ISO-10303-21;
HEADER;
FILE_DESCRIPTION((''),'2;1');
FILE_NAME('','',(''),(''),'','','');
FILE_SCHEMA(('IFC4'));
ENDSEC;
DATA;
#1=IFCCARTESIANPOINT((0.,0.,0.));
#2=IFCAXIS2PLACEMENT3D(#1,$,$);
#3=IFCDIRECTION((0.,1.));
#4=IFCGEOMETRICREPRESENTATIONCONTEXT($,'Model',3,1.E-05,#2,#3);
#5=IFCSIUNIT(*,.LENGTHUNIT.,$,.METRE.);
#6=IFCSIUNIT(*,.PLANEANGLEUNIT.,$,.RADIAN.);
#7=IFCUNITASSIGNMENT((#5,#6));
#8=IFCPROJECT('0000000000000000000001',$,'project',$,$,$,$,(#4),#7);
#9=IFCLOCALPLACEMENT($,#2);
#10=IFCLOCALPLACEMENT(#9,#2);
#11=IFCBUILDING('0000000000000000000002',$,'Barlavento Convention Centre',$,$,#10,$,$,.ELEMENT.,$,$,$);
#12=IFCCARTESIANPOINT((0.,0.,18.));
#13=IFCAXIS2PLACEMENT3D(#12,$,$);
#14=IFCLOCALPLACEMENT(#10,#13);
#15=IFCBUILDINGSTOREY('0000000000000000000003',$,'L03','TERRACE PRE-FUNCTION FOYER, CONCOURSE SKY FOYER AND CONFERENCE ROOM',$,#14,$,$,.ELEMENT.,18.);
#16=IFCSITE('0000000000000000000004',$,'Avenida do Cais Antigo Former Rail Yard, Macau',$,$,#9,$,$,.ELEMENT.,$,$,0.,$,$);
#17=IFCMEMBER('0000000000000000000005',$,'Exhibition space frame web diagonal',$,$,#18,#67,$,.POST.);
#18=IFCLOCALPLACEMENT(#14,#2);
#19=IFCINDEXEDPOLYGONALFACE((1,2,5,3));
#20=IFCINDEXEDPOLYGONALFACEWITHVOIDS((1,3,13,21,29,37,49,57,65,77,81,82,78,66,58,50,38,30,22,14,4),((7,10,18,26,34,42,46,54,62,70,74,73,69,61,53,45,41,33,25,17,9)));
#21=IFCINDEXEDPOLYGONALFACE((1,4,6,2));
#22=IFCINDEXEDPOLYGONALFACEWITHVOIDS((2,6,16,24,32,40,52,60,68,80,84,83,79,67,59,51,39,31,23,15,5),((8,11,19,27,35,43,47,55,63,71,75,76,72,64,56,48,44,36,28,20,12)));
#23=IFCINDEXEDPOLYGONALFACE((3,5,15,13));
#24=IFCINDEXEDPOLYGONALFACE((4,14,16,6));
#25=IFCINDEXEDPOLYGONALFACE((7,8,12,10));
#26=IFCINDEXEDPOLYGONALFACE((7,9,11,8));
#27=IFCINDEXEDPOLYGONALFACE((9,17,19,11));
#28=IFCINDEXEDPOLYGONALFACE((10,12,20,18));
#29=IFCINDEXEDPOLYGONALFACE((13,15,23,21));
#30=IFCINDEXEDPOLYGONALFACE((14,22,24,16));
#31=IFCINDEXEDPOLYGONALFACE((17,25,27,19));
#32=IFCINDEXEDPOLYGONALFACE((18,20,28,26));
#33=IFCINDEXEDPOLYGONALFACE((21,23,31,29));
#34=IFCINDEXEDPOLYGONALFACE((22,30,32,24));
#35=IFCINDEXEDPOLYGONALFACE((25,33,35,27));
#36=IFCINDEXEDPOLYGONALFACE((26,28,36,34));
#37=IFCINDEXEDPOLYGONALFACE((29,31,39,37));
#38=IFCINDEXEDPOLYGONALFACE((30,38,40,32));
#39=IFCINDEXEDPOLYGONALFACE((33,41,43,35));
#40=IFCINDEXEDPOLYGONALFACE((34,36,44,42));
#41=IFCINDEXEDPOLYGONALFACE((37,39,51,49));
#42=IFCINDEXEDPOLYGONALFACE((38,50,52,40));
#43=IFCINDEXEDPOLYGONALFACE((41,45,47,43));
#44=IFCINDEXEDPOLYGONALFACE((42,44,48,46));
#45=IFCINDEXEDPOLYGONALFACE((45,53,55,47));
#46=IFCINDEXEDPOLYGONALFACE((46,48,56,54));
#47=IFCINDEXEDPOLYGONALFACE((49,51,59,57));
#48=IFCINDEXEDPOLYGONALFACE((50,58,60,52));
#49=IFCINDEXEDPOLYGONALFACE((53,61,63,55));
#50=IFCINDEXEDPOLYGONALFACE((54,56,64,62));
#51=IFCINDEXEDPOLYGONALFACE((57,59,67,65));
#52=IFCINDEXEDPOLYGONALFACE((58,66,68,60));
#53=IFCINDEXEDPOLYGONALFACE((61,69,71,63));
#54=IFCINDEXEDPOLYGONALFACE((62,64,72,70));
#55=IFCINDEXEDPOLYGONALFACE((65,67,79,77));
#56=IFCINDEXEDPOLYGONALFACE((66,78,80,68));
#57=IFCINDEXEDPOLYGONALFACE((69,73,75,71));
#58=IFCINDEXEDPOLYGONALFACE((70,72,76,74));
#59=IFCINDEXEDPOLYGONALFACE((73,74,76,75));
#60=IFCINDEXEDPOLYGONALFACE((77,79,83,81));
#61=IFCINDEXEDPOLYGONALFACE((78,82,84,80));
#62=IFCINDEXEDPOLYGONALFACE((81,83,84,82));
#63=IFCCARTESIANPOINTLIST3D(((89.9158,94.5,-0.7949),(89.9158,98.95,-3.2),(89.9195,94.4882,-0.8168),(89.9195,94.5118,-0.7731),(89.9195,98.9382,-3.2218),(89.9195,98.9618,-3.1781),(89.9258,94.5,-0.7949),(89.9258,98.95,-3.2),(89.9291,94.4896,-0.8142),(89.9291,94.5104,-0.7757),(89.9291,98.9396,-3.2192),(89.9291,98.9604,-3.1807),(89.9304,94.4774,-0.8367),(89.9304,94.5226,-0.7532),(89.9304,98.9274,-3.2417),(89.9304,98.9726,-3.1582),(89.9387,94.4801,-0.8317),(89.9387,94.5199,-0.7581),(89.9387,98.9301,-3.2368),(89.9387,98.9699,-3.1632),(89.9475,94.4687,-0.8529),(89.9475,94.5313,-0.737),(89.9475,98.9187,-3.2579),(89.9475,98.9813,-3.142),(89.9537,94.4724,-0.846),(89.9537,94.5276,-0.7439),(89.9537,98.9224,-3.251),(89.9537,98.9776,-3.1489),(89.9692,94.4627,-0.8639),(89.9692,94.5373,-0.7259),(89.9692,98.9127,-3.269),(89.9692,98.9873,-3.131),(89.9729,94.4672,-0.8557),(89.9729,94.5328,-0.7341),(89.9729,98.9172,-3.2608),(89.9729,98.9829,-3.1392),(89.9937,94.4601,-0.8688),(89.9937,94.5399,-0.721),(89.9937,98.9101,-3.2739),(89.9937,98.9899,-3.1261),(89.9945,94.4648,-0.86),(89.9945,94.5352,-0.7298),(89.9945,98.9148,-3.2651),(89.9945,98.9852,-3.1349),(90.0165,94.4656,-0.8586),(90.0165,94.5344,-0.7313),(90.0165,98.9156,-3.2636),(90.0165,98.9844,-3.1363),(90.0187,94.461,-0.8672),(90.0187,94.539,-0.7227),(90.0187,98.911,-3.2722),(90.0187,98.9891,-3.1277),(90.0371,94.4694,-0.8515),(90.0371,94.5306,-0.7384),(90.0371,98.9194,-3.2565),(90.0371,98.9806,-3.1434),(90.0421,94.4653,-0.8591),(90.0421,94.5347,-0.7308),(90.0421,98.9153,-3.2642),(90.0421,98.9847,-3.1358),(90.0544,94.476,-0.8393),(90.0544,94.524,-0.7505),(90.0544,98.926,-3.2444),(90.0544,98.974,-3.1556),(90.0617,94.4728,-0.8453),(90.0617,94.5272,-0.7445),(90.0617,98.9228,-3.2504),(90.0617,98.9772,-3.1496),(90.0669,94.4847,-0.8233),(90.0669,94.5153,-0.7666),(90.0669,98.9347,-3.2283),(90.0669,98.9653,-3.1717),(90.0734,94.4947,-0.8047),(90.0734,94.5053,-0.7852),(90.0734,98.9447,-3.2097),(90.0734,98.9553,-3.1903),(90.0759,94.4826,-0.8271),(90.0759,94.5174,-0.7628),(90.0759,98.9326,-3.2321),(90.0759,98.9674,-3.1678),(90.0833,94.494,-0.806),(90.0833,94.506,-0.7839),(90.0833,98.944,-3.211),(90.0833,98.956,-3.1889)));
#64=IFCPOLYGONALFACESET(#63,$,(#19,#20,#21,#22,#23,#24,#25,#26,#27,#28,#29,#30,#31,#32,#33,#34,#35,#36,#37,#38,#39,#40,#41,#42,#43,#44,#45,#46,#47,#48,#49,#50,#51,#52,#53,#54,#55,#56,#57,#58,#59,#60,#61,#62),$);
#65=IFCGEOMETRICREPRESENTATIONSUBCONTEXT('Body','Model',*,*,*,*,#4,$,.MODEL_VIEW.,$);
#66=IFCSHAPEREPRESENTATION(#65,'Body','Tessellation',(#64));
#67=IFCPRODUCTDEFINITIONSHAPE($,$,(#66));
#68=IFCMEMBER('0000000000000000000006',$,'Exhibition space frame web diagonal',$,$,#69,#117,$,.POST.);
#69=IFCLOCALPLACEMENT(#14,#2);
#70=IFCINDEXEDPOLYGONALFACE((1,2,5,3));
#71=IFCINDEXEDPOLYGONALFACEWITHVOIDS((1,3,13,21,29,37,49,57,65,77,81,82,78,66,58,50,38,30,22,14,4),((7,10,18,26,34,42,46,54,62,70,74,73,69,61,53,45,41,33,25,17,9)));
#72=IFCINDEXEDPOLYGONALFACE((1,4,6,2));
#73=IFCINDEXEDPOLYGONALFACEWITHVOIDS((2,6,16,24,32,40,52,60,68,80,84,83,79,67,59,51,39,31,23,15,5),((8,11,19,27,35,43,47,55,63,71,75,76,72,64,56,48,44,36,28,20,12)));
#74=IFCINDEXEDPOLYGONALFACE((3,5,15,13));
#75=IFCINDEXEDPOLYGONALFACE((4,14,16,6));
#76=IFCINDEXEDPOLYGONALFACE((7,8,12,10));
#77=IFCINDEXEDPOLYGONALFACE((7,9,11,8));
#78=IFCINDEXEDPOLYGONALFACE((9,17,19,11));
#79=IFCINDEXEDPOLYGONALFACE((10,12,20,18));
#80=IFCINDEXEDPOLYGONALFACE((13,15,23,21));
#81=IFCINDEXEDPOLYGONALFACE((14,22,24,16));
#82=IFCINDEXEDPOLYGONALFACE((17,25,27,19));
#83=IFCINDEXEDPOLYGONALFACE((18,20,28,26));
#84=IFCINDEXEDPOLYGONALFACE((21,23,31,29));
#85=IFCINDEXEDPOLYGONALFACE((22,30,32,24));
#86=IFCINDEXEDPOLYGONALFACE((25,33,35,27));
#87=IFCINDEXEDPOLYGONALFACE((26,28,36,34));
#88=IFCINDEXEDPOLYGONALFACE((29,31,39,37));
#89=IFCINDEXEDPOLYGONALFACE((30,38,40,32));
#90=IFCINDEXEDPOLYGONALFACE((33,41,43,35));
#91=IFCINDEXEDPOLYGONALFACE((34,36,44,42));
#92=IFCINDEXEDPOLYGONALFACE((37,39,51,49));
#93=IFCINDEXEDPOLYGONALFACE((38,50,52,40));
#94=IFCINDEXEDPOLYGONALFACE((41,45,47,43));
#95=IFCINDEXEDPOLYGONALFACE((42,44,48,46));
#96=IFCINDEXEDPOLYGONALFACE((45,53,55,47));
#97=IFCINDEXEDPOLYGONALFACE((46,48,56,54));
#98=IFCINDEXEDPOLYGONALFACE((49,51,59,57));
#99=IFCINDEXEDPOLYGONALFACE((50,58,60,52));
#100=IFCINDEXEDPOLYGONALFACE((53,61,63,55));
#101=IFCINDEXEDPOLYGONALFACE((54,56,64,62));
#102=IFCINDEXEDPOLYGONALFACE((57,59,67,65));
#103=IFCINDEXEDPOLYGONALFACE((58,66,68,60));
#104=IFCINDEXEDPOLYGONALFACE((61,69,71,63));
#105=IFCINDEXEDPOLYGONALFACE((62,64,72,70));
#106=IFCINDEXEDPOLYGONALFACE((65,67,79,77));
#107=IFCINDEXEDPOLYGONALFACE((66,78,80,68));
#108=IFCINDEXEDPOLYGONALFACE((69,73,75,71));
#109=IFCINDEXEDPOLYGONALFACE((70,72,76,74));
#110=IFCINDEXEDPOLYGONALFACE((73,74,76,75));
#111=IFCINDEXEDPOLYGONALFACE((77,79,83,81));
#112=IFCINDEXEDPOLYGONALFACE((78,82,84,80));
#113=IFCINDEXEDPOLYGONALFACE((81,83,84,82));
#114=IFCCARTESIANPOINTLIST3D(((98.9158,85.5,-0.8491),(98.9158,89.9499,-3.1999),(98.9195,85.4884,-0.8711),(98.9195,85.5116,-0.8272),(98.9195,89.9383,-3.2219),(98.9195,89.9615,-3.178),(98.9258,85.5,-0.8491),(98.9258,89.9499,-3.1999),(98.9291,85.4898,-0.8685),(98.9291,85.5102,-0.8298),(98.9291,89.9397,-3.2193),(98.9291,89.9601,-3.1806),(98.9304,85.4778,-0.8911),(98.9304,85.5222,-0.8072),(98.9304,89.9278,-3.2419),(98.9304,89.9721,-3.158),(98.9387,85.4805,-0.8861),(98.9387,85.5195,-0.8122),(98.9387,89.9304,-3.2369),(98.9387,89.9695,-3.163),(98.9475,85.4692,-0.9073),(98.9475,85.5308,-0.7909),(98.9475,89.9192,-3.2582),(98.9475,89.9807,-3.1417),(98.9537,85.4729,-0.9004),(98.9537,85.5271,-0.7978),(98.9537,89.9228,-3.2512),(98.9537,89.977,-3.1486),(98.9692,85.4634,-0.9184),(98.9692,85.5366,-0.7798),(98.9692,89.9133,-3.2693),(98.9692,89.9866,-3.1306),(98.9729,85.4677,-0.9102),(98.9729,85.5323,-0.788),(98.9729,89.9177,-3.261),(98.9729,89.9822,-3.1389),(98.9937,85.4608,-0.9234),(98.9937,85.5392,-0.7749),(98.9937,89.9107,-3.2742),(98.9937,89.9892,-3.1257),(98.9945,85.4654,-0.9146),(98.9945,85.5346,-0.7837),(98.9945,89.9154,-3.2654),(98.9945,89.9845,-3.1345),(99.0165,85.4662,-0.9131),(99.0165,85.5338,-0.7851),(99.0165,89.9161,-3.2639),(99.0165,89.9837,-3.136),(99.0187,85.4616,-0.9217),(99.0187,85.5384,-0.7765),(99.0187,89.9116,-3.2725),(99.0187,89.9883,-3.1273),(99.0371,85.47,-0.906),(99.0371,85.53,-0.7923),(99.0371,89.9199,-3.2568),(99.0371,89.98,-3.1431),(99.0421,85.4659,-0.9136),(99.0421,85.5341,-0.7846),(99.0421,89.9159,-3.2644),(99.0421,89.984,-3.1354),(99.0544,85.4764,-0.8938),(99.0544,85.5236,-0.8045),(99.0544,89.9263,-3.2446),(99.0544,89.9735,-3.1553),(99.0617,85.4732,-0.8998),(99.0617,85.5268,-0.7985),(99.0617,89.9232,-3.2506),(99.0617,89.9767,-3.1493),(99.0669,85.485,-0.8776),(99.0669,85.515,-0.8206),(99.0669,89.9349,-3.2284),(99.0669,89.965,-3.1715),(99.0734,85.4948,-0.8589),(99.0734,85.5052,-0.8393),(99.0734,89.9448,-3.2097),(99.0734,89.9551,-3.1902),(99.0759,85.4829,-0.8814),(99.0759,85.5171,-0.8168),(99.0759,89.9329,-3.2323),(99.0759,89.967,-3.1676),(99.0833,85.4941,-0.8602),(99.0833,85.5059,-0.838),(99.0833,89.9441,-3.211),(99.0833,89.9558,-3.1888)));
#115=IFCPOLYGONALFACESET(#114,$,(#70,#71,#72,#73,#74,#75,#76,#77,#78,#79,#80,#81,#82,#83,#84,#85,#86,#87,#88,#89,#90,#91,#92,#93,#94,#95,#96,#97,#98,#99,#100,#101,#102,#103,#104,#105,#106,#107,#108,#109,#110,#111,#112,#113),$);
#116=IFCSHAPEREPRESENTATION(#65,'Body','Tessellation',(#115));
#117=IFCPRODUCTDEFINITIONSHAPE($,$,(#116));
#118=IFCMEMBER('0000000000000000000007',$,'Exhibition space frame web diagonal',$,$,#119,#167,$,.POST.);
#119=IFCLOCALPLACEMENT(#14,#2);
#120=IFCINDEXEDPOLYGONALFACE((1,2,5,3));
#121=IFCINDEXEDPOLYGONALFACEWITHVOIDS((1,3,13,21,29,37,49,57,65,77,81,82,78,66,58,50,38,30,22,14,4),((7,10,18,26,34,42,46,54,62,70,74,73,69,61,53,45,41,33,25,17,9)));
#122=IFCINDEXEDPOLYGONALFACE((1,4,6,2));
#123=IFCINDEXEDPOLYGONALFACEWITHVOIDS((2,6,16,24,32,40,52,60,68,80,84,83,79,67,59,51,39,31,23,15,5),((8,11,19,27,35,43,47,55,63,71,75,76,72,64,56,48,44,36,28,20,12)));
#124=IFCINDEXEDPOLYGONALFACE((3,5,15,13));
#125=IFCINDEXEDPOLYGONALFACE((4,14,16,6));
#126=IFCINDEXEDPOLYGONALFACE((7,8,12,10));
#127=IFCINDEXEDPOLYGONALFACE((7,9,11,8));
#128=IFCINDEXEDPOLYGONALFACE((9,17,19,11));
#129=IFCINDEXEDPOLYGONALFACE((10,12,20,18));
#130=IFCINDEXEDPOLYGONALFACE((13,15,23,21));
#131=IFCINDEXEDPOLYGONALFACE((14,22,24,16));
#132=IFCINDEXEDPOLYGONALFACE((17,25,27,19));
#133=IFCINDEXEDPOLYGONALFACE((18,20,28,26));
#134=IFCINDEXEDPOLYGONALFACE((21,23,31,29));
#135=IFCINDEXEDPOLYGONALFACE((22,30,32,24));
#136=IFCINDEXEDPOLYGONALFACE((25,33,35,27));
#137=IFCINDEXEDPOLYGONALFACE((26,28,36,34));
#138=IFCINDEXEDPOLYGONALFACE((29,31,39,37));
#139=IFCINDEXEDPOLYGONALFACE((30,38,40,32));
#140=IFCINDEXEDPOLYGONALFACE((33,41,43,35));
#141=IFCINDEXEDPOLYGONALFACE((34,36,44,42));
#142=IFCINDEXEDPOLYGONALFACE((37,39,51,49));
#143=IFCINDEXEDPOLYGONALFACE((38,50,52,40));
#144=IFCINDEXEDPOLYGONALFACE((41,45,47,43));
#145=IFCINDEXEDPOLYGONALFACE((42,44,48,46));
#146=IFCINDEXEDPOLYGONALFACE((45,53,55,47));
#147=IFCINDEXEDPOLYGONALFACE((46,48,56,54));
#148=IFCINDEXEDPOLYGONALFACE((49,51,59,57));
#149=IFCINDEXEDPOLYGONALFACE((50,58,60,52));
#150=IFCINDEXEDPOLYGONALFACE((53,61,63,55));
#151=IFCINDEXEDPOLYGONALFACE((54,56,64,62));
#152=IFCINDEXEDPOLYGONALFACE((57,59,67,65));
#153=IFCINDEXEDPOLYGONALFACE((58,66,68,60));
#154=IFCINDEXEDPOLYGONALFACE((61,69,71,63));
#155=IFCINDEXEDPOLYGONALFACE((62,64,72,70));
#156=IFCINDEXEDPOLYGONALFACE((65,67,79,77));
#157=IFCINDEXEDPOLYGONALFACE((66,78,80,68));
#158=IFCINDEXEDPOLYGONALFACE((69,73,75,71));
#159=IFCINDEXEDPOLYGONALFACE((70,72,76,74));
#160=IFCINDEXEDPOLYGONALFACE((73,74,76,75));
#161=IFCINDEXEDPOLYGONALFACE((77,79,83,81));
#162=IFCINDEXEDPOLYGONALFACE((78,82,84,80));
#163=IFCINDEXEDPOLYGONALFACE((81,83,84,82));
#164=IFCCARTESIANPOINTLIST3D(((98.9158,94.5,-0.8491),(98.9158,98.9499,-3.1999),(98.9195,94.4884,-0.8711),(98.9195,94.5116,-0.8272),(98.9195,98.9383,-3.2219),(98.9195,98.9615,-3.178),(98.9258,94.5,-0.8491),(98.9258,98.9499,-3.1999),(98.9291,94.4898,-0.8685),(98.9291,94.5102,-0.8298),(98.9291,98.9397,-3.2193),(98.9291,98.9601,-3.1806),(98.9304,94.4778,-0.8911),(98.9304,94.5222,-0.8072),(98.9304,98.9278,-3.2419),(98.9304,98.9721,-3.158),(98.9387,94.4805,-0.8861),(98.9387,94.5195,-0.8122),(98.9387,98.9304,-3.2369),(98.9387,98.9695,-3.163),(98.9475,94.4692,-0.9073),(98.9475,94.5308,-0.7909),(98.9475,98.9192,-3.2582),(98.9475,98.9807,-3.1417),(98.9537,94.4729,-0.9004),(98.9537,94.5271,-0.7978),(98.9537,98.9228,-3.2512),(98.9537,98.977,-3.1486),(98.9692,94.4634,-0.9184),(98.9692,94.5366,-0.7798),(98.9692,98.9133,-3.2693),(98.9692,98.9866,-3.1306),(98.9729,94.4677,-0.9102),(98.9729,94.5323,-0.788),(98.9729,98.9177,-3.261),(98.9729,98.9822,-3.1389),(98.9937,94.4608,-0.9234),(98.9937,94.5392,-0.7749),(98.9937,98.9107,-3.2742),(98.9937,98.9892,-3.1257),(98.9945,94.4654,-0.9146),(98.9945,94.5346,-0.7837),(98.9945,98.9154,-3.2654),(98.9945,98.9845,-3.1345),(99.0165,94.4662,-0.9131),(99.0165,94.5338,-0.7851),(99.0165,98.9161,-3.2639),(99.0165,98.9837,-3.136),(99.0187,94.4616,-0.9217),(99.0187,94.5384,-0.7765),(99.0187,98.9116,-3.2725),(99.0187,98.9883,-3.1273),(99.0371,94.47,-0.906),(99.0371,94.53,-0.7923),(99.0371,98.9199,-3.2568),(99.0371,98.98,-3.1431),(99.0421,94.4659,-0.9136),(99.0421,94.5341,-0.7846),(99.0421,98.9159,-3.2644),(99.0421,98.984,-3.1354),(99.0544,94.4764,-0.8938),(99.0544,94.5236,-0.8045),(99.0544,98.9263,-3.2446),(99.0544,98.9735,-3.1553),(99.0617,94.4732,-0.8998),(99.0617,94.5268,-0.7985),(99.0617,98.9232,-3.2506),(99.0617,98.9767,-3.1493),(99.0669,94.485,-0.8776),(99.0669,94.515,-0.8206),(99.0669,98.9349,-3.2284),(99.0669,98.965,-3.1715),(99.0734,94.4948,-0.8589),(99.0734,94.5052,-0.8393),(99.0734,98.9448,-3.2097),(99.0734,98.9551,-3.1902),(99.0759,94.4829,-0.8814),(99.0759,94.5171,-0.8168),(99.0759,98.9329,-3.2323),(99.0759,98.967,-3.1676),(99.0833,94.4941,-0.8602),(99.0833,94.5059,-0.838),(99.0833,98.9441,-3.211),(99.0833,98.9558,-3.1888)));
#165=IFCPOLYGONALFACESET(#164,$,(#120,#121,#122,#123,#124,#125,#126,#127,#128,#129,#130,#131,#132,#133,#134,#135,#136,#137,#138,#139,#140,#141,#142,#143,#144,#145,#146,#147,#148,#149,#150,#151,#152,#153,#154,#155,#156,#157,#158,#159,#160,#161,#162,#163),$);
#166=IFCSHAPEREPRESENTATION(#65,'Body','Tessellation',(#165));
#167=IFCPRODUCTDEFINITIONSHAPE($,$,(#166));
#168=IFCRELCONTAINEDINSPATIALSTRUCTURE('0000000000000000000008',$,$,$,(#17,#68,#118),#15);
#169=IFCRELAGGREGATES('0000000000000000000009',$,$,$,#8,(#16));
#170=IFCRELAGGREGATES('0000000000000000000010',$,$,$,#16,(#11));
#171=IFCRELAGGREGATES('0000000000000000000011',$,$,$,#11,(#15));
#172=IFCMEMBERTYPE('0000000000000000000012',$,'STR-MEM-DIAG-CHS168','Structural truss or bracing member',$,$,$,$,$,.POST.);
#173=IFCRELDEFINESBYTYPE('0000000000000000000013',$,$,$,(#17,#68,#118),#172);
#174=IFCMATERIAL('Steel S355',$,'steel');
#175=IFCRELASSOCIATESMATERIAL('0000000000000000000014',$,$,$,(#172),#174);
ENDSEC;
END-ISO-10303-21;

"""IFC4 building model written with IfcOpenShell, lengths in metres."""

from ifc_helpers import new_model, si_unit, direction, frame, origin, origin_2d, place, context, subcontext, project, spatial, hollow_circle, extrude, material, material_profile, profile_set, type_object, element, save


model = new_model("IFC4")

# Units and contexts
model_context = context("Model", 3, precision=1e-05, world=origin(), true_north=direction((0.0, 1.0)))
body_context = subcontext(model_context, "Body", "Model", "MODEL_VIEW")
ifc_project = project(units=[si_unit("LENGTHUNIT", "METRE"), si_unit("PLANEANGLEUNIT", "RADIAN")], contexts=[model_context])

# Site, building, storey
site_placement = place(None, origin())
site = spatial("IfcSite", under=ifc_project, at=site_placement, Name="Avenida do Cais Antigo Former Rail Yard, Macau", CompositionType="ELEMENT", RefElevation=0.0)
building_placement = place(site_placement, origin())
building = spatial("IfcBuilding", under=site, at=building_placement, Name="Barlavento Convention Centre", CompositionType="ELEMENT")
storey_placement = place(building_placement, frame((0.0, 0.0, 18.0)))
storey = spatial("IfcBuildingStorey", under=building, at=storey_placement, Name="L03", Description="TERRACE PRE-FUNCTION FOYER, CONCOURSE SKY FOYER AND CONFERENCE ROOM", CompositionType="ELEMENT", Elevation=18.0)

# Members
ifc_material_1 = material(Name="Steel S355", Category="steel")
ifc_material_profile_1 = material_profile(ifc_material_1, hollow_circle(Radius=0.0842, WallThickness=0.01, at=origin_2d()), Name="CHS 168.3x10.0")
ifc_profile_set_1 = profile_set([ifc_material_profile_1], Name="Steel S355")
member_type_1 = type_object("IfcMemberType", Name="STR-MEM-DIAG-CHS168", Description="Structural truss or bracing member", PredefinedType="POST", material=ifc_profile_set_1)
for number, where, z_axis, x_axis, name in (
    (1, (90.0, 94.5, -0.7949), (0.0, 0.879735, -0.475464), (-1.0, 0.0, 0.0), "Exhibition space frame web diagonal"),
):
    element("IfcMember", number, at=place(storey_placement, frame(where, z_axis=z_axis, x_axis=x_axis)), inside=storey, type_object=member_type_1, Name=name, PredefinedType="POST", context=body_context, shape_type="SweptSolid", body=[
        extrude(hollow_circle(Radius=0.0842, WallThickness=0.01, at=origin_2d()), origin(), (0.0, 0.0, 1.0), 5.0583),
    ])
for number, where, z_axis, x_axis, name in (
    (2, (99.0, 85.5, -0.8491), (0.0, 0.884201, -0.467107), (-1.0, 0.0, 0.0), "Exhibition space frame web diagonal"),
    (3, (99.0, 94.5, -0.8491), (0.0, 0.884201, -0.467107), (-1.0, 0.0, 0.0), "Exhibition space frame web diagonal"),
):
    element("IfcMember", number, at=place(storey_placement, frame(where, z_axis=z_axis, x_axis=x_axis)), inside=storey, type_object=member_type_1, Name=name, PredefinedType="POST", context=body_context, shape_type="SweptSolid", body=[
        extrude(hollow_circle(Radius=0.0842, WallThickness=0.01, at=origin_2d()), origin(), (0.0, 0.0, 1.0), 5.0327),
    ])

save(model, "model.ifc")
